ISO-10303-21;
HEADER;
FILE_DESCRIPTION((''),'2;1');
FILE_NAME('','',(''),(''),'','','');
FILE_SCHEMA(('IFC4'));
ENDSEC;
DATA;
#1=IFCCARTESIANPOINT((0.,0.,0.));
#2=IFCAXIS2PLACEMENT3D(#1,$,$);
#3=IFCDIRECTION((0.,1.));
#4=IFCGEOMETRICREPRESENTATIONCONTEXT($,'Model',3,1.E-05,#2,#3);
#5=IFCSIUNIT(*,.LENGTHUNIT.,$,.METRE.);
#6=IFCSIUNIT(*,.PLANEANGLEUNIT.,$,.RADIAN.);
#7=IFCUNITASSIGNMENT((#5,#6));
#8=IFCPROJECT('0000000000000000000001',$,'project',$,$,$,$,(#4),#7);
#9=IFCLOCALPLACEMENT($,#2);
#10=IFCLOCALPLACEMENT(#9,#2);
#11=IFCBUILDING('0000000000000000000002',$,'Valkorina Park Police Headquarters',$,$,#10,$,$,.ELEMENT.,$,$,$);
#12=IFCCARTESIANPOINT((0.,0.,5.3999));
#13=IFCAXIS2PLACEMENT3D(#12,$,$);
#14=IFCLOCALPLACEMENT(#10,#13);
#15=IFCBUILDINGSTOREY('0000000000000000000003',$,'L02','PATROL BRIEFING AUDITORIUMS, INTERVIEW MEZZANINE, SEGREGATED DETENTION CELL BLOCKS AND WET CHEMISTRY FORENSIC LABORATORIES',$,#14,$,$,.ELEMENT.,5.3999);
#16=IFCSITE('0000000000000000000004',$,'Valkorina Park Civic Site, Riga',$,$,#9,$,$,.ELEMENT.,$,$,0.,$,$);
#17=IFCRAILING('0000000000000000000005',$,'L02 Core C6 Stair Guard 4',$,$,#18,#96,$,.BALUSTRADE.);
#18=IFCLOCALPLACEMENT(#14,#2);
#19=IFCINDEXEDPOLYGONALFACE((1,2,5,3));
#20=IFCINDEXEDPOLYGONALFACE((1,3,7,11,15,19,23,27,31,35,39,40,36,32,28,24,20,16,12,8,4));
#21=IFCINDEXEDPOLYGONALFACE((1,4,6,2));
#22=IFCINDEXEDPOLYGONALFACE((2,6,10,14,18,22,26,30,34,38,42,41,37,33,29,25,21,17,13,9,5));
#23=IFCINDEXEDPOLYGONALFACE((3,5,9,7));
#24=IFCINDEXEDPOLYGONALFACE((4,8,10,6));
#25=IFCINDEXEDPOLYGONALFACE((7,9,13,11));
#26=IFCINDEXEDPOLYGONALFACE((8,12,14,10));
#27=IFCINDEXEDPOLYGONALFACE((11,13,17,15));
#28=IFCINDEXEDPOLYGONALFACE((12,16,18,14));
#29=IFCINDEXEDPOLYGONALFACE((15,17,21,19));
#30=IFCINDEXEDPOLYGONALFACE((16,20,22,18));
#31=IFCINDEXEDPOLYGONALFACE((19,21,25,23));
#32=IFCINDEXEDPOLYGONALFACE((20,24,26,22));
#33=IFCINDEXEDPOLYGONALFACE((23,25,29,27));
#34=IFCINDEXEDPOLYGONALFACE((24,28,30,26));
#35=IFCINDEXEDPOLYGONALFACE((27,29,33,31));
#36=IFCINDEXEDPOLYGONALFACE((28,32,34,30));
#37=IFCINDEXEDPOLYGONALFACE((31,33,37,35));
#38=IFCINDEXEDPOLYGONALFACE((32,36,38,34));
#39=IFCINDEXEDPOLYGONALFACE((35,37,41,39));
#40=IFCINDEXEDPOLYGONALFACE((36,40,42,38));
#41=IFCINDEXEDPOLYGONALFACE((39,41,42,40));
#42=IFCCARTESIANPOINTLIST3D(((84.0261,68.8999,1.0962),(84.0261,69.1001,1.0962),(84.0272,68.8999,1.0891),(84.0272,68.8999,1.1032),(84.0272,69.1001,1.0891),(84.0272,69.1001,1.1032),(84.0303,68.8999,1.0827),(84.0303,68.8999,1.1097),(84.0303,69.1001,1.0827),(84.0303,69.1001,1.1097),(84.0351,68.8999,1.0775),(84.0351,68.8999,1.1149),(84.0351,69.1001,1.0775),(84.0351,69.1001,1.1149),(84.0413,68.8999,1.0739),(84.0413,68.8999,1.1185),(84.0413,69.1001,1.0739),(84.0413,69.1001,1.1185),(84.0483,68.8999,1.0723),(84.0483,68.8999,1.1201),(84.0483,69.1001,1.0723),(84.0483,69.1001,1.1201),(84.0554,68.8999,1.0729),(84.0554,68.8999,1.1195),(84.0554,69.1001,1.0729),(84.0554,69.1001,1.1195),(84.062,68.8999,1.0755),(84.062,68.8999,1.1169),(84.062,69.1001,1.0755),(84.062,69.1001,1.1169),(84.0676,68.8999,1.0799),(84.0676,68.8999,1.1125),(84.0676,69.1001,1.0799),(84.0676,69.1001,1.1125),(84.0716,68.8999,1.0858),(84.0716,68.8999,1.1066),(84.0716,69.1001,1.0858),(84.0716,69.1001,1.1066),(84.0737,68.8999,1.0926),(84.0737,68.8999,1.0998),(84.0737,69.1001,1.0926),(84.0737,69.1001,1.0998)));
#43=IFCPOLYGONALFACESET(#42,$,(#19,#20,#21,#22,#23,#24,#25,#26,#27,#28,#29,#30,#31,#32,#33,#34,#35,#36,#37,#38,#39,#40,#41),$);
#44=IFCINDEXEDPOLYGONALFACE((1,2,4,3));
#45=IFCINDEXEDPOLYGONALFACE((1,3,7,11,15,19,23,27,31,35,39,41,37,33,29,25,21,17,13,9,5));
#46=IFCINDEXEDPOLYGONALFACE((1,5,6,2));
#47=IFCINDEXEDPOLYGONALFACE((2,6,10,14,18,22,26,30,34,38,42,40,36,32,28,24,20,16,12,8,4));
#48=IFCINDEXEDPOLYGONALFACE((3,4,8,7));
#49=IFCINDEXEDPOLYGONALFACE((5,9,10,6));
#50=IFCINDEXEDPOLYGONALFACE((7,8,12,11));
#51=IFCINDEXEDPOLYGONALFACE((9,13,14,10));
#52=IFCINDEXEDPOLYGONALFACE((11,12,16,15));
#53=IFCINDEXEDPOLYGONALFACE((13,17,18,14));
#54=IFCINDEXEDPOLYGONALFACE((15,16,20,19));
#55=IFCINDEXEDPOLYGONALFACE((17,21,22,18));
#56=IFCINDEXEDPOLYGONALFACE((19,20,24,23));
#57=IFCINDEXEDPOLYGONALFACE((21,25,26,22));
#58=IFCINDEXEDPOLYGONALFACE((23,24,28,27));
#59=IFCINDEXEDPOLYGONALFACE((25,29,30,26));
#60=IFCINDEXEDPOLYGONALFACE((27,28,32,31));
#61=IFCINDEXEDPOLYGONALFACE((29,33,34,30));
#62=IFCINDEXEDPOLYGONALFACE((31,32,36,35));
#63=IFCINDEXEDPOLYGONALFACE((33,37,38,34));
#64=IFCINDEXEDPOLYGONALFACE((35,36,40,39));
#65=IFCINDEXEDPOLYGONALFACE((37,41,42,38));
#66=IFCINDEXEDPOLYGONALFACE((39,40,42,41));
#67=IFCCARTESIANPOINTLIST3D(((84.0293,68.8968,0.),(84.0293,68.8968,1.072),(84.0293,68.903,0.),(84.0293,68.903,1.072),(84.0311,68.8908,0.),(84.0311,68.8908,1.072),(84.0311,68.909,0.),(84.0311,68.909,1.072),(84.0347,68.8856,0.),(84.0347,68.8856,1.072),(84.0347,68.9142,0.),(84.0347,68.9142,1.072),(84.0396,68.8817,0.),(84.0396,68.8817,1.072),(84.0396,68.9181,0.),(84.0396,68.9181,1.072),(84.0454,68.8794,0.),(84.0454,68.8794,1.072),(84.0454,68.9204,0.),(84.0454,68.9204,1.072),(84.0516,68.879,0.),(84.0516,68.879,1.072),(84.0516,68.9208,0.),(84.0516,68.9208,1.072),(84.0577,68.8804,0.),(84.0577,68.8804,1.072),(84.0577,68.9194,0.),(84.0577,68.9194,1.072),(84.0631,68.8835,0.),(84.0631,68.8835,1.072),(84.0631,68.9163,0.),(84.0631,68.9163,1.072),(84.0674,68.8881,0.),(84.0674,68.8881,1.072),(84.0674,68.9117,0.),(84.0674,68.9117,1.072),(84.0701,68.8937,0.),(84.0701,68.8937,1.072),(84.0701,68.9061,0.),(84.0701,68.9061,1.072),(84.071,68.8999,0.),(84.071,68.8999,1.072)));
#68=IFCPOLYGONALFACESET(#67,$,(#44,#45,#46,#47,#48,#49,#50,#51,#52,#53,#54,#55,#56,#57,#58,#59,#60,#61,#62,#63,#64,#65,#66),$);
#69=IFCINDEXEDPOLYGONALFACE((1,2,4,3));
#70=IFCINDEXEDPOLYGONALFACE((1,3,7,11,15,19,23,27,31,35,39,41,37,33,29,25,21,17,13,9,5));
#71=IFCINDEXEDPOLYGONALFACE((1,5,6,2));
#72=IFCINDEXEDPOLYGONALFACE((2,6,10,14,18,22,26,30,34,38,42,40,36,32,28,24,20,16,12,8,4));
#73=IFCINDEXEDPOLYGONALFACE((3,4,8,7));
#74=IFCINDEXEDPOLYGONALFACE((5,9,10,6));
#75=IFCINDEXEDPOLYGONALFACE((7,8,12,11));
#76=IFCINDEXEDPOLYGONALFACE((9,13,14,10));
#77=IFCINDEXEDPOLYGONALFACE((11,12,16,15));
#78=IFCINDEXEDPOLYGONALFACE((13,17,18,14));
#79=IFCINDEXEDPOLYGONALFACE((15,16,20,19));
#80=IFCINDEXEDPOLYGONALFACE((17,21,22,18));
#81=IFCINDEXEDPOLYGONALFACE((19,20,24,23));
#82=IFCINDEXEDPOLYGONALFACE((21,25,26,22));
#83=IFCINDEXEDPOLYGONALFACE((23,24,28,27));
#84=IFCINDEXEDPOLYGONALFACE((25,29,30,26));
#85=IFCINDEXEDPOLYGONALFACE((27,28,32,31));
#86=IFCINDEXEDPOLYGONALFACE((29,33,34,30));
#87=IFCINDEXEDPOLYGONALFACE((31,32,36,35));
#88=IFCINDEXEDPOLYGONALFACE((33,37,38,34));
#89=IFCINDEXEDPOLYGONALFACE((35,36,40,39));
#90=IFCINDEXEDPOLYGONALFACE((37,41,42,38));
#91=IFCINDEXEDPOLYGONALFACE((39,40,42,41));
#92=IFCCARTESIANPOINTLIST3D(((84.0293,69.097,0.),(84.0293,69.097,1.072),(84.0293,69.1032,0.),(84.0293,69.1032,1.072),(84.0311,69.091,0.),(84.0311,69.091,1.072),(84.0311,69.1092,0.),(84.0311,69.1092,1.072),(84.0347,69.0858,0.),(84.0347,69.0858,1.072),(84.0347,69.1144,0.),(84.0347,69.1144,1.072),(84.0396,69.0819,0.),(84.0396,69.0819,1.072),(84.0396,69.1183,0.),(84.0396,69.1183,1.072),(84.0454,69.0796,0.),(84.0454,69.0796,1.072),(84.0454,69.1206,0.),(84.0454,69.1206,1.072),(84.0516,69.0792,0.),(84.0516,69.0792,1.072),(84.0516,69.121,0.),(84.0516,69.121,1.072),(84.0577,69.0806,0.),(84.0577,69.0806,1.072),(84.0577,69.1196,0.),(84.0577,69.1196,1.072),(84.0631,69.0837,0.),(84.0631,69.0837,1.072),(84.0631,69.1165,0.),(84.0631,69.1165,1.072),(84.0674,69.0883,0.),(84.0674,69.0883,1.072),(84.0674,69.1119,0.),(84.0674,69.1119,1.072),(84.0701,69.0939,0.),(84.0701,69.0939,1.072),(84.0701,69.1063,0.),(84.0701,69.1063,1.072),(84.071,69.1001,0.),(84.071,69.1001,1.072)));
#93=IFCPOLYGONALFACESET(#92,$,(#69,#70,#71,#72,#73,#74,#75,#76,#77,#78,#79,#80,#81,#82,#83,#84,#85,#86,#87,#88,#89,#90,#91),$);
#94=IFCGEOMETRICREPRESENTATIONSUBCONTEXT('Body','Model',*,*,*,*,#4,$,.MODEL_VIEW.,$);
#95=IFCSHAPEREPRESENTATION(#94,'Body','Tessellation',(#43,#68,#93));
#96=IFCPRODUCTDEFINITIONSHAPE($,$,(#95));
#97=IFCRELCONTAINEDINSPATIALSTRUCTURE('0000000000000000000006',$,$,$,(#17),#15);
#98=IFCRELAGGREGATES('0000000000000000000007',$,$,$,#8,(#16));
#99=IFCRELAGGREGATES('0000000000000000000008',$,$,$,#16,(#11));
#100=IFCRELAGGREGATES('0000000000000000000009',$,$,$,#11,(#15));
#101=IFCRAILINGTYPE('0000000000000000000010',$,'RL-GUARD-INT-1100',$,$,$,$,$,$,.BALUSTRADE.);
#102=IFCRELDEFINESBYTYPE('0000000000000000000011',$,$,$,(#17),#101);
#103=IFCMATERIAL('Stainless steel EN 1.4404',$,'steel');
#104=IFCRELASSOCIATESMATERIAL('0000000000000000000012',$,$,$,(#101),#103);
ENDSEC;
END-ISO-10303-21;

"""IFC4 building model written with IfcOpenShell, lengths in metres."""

from ifc_helpers import new_model, si_unit, direction, frame, origin, origin_2d, place, context, subcontext, project, spatial, circle, extrude, material, type_object, element, save


model = new_model("IFC4")

# Units and contexts
model_context = context("Model", 3, precision=1e-05, world=origin(), true_north=direction((0.0, 1.0)))
body_context = subcontext(model_context, "Body", "Model", "MODEL_VIEW")
ifc_project = project(units=[si_unit("LENGTHUNIT", "METRE"), si_unit("PLANEANGLEUNIT", "RADIAN")], contexts=[model_context])

# Site, building, storey
site_placement = place(None, origin())
site = spatial("IfcSite", under=ifc_project, at=site_placement, Name="Valkorina Park Civic Site, Riga", CompositionType="ELEMENT", RefElevation=0.0)
building_placement = place(site_placement, origin())
building = spatial("IfcBuilding", under=site, at=building_placement, Name="Valkorina Park Police Headquarters", CompositionType="ELEMENT")
storey_placement = place(building_placement, frame((0.0, 0.0, 5.3999)))
storey = spatial("IfcBuildingStorey", under=building, at=storey_placement, Name="L02", Description="PATROL BRIEFING AUDITORIUMS, INTERVIEW MEZZANINE, SEGREGATED DETENTION CELL BLOCKS AND WET CHEMISTRY FORENSIC LABORATORIES", CompositionType="ELEMENT", Elevation=5.3999)

# Railing
ifc_material_1 = material(Name="Stainless steel EN 1.4404", Category="steel")
railing_type_1 = type_object("IfcRailingType", Name="RL-GUARD-INT-1100", PredefinedType="BALUSTRADE", material=ifc_material_1)
railing_1_placement = place(storey_placement, frame((84.05, 68.8999, 0.0)))
element("IfcRailing", 1, at=railing_1_placement, inside=storey, type_object=railing_type_1, Name="L02 Core C6 Stair Guard 4", PredefinedType="BALUSTRADE", context=body_context, shape_type="SweptSolid", body=[
    extrude(circle(Radius=0.0239, at=origin_2d()), frame((0.0, 0.0, 1.0962), z_axis=(0.0, 1.0, 0.0), x_axis=(-1.0, 0.0, 0.0)), (0.0, 0.0, 1.0), 0.2002),
    extrude(circle(Radius=0.021, at=origin_2d()), origin(), (0.0, 0.0, 1.0), 1.072),
    extrude(circle(Radius=0.021, at=origin_2d()), frame((0.0, 0.2002, 0.0)), (0.0, 0.0, 1.0), 1.072),
])

save(model, "model.ifc")
